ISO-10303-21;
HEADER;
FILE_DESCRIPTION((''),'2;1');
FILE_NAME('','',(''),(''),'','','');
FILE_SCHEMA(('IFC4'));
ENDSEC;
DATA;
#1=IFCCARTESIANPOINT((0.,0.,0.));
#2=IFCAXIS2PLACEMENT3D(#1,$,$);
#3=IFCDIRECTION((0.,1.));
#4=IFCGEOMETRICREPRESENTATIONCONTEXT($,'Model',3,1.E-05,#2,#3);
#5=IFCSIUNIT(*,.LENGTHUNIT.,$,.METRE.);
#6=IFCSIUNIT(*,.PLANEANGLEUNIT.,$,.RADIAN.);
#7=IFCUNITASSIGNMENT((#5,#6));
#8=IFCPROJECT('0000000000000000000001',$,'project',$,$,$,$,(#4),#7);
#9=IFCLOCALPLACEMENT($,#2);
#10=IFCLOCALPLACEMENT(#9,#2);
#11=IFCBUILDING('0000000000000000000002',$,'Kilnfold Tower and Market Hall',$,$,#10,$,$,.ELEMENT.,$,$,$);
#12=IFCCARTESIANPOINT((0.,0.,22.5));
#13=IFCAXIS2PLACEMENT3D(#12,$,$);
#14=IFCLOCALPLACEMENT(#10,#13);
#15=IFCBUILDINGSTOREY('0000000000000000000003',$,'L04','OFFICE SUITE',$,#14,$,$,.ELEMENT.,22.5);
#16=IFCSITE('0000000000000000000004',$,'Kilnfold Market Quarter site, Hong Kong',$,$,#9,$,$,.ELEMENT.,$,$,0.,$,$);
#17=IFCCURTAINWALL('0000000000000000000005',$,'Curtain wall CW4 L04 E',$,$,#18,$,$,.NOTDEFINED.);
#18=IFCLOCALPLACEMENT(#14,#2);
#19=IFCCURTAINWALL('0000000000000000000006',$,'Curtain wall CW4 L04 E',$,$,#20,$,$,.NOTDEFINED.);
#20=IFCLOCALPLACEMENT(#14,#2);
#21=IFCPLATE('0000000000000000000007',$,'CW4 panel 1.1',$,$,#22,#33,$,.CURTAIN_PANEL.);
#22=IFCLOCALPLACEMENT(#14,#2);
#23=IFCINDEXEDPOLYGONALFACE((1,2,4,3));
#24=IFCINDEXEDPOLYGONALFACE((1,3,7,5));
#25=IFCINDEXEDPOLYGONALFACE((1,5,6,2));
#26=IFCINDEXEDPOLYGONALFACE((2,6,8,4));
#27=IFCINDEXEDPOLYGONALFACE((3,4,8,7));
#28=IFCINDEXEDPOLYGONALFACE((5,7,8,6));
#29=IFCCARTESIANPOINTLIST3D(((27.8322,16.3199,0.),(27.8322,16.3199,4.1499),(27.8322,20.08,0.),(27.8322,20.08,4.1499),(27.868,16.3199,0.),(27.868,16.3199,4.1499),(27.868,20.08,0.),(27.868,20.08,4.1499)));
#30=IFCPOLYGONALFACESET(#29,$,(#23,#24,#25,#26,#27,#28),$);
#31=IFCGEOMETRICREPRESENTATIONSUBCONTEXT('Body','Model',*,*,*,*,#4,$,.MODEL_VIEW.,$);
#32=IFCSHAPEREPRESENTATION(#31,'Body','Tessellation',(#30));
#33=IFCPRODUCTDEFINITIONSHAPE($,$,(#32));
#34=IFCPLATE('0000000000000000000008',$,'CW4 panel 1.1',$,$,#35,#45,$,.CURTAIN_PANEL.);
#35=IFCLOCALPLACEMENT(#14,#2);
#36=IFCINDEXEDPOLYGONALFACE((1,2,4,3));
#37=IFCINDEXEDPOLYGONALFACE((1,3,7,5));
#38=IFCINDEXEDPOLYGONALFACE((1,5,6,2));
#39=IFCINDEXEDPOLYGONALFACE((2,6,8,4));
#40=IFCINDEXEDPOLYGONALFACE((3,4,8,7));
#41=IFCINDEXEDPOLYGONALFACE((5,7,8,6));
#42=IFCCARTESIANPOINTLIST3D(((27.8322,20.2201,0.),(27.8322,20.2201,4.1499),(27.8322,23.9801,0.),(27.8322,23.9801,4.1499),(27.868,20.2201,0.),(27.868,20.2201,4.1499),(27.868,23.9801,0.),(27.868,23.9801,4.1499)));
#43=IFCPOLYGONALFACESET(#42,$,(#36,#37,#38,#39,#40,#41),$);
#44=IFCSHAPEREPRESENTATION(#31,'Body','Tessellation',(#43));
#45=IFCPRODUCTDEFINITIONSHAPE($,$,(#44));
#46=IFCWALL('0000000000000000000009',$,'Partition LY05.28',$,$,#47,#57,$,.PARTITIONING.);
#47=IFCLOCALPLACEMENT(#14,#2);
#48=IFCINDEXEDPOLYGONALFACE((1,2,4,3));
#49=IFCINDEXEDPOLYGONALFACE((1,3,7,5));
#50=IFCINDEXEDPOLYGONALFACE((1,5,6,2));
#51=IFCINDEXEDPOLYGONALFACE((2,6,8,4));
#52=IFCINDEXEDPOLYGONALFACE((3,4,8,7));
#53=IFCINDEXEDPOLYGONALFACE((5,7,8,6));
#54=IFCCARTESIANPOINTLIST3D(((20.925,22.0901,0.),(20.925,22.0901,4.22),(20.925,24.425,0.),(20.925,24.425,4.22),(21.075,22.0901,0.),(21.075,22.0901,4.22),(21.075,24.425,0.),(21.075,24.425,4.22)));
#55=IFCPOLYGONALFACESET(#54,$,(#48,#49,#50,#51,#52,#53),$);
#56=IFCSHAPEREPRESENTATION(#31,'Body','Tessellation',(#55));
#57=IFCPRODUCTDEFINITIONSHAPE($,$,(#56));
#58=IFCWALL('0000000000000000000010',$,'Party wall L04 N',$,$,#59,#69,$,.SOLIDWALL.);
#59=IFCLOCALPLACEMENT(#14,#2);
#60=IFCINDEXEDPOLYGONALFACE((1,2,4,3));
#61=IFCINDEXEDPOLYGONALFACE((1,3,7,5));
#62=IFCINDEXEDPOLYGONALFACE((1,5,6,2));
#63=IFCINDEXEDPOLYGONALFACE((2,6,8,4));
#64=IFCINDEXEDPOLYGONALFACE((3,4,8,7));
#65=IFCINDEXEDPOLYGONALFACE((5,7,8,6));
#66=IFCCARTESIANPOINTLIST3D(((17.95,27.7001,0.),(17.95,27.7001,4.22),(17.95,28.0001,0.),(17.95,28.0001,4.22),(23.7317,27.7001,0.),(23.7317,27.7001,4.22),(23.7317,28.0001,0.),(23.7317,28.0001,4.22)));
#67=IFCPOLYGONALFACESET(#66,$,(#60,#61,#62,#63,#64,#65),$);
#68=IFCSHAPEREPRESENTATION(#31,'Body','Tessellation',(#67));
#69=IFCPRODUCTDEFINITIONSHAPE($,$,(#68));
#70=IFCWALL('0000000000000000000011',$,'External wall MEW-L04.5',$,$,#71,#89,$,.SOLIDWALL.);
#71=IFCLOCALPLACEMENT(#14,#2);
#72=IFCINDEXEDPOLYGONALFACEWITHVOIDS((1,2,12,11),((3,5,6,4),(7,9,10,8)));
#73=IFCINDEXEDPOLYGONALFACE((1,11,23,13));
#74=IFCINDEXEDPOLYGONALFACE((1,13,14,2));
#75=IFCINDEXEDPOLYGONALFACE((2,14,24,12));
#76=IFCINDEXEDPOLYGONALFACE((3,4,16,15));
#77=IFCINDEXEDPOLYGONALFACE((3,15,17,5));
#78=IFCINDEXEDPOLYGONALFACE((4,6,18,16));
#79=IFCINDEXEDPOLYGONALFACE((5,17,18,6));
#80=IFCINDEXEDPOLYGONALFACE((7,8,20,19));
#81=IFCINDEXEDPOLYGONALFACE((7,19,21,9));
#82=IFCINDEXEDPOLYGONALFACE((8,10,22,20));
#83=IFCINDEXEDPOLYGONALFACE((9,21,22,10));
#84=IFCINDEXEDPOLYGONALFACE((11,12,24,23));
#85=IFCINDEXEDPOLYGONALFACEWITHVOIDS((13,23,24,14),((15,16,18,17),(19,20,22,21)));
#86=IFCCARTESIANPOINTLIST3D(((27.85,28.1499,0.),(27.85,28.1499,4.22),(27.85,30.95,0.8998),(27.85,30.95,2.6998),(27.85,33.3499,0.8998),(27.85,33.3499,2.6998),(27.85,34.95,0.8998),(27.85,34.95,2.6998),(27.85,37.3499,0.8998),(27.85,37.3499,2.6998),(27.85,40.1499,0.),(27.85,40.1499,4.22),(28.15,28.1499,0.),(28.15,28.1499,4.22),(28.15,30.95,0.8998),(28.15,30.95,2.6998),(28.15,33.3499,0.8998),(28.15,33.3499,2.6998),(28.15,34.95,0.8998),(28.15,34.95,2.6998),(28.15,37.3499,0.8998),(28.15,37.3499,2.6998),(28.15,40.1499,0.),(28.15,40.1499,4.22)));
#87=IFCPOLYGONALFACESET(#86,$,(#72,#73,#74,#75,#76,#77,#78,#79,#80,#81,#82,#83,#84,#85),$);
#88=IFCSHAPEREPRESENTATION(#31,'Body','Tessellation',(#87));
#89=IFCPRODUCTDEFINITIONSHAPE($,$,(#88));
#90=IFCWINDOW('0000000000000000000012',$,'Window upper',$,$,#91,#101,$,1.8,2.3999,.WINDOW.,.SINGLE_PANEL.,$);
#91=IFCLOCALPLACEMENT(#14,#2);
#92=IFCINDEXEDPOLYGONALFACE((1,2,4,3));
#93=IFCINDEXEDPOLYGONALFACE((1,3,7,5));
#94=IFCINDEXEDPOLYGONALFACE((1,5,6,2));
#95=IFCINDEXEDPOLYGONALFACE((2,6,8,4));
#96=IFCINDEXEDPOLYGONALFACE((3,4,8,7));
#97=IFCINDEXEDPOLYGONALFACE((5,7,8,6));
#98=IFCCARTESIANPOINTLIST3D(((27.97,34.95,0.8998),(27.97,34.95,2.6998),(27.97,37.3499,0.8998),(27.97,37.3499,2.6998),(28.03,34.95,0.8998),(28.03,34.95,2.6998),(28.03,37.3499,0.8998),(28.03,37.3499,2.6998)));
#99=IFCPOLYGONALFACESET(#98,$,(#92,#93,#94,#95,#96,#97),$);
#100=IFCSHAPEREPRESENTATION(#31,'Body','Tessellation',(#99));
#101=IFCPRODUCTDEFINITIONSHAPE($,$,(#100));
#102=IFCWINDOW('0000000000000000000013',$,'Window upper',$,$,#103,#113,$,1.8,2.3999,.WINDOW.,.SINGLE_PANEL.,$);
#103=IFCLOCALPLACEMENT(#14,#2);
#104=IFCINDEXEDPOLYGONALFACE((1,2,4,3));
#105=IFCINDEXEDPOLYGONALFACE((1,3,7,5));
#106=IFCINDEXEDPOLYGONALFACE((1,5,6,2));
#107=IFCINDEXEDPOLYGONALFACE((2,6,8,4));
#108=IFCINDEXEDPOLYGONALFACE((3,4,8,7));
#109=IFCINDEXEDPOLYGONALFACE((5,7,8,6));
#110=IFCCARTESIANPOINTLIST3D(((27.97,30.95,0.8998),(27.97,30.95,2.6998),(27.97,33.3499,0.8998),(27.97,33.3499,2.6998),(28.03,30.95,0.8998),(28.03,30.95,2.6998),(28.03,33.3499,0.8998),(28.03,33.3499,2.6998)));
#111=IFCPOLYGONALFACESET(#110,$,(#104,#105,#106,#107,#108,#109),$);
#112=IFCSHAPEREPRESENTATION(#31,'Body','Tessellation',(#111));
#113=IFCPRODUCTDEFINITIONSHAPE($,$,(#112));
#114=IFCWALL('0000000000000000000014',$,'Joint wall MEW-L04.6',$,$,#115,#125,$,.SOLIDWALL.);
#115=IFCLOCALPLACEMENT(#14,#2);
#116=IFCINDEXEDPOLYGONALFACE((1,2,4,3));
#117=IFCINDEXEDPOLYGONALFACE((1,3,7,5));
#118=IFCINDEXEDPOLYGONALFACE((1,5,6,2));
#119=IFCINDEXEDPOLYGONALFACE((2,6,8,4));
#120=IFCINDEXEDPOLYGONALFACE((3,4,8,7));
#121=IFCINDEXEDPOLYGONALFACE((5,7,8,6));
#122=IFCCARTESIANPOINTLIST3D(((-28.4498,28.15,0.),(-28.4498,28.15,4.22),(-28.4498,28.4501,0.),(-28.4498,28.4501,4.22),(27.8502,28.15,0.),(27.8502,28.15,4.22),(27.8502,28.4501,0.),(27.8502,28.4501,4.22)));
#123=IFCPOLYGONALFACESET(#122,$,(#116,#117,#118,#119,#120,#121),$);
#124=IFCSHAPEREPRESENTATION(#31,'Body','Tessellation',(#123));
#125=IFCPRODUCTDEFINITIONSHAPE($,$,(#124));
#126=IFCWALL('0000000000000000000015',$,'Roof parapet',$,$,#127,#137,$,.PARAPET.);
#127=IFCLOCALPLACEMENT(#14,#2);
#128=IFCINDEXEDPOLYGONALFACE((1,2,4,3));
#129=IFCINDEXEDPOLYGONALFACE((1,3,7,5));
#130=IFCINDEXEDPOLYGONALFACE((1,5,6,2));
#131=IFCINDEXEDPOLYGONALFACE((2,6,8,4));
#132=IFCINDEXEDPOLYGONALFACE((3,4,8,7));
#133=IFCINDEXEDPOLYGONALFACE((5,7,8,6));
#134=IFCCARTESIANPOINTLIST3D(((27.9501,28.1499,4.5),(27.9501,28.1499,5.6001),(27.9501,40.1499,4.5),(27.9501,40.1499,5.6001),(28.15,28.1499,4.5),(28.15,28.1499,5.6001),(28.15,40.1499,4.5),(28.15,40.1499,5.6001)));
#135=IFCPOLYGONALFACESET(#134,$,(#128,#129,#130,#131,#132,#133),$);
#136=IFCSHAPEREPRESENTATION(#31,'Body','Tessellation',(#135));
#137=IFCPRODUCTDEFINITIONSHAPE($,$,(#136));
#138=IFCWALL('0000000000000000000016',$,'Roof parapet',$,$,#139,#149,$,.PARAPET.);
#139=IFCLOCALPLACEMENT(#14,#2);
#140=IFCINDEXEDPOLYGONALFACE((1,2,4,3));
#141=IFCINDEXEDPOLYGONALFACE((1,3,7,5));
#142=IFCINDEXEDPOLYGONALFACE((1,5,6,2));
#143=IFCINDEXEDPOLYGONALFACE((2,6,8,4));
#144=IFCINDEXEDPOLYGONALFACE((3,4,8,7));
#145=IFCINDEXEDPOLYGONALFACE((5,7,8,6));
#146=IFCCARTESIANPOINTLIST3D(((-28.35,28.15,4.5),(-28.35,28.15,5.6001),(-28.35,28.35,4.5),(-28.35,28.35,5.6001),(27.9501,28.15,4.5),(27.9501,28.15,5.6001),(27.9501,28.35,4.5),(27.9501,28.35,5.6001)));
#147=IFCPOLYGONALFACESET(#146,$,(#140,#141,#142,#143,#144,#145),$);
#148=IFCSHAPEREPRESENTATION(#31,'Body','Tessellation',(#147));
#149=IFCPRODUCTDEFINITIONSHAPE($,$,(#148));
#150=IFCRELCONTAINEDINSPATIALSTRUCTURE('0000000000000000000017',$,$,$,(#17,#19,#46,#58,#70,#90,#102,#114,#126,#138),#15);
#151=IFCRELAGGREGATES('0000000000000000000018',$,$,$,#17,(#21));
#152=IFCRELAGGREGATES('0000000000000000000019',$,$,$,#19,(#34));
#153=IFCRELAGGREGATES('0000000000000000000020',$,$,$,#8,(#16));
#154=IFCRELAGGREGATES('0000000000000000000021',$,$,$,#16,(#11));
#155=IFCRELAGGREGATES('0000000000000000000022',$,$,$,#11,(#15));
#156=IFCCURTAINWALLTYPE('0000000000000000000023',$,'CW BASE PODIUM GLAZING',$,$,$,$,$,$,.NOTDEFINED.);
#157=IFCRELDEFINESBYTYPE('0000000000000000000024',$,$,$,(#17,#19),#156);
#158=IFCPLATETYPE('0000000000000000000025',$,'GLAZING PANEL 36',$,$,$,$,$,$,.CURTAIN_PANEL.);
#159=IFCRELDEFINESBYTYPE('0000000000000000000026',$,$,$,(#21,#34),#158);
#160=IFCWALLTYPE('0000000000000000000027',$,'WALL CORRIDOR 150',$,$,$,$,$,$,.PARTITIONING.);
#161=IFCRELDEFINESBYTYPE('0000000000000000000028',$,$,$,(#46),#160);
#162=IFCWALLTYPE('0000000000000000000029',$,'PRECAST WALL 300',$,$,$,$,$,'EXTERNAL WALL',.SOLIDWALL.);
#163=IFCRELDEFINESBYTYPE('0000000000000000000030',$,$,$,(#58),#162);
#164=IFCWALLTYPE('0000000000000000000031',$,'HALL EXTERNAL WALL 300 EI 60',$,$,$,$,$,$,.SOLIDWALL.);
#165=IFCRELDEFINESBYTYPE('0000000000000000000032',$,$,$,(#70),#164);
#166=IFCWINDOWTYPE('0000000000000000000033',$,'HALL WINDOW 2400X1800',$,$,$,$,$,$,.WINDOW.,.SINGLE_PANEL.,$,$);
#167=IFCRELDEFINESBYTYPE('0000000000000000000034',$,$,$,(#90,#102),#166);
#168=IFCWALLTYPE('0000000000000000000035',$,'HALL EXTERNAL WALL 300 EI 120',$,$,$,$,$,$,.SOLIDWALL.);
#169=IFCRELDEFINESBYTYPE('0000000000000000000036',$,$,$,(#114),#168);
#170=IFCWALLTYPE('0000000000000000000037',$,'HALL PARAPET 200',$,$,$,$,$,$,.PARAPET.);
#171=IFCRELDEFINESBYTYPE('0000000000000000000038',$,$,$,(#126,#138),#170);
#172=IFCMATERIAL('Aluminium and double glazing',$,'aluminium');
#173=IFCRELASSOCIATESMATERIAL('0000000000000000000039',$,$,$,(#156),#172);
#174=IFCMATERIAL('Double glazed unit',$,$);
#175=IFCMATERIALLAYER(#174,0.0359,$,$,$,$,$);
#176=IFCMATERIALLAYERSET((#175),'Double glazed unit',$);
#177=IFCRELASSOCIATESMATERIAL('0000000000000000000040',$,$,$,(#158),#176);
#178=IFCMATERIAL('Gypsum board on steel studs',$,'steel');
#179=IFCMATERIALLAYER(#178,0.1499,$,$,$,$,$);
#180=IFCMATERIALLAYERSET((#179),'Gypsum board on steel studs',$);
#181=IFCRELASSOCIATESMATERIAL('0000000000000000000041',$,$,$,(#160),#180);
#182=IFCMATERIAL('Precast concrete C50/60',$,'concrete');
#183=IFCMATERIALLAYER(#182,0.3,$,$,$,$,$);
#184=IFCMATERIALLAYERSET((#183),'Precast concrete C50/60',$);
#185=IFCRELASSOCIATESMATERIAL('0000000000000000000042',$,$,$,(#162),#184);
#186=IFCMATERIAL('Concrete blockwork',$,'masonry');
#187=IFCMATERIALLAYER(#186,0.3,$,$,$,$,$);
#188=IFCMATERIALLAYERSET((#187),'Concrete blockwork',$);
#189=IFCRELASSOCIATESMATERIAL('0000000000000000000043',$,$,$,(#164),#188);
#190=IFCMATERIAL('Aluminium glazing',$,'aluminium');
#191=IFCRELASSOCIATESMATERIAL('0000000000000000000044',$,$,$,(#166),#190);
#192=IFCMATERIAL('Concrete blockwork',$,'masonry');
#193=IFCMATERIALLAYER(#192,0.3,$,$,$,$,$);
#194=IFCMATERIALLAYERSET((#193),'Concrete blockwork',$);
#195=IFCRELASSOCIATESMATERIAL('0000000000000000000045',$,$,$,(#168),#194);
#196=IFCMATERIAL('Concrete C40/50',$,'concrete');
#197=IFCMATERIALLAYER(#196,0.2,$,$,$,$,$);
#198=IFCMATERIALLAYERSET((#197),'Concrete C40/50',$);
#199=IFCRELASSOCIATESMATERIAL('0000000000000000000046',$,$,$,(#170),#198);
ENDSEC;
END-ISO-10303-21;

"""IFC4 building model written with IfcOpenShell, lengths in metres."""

from ifc_helpers import new_model, si_unit, direction, frame, frame_2d, origin, origin_2d, place, context, subcontext, project, spatial, rectangle, extrude, source, transform, mapped, material, layer, layer_set, type_object, element, fill, aggregate, save


model = new_model("IFC4")

# Units and contexts
model_context = context("Model", 3, precision=1e-05, world=origin(), true_north=direction((0.0, 1.0)))
body_context = subcontext(model_context, "Body", "Model", "MODEL_VIEW")
ifc_project = project(units=[si_unit("LENGTHUNIT", "METRE"), si_unit("PLANEANGLEUNIT", "RADIAN")], contexts=[model_context])

# Site, building, storey
site_placement = place(None, origin())
site = spatial("IfcSite", under=ifc_project, at=site_placement, Name="Kilnfold Market Quarter site, Hong Kong", CompositionType="ELEMENT", RefElevation=0.0)
building_placement = place(site_placement, origin())
building = spatial("IfcBuilding", under=site, at=building_placement, Name="Kilnfold Tower and Market Hall", CompositionType="ELEMENT")
storey_placement = place(building_placement, frame((0.0, 0.0, 22.5)))
storey = spatial("IfcBuildingStorey", under=building, at=storey_placement, Name="L04", Description="OFFICE SUITE", CompositionType="ELEMENT", Elevation=22.5)

# Curtain walls
ifc_material_1 = material(Name="Aluminium and double glazing", Category="aluminium")
curtain_wall_type = type_object("IfcCurtainWallType", Name="CW BASE PODIUM GLAZING", PredefinedType="NOTDEFINED", material=ifc_material_1)
curtain_wall_1_placement = place(storey_placement, origin())
curtain_wall_1 = element("IfcCurtainWall", 1, at=curtain_wall_1_placement, inside=storey, type_object=curtain_wall_type, Name="Curtain wall CW4 L04 E", PredefinedType="NOTDEFINED")
curtain_wall_2_placement = place(storey_placement, origin())
curtain_wall_2 = element("IfcCurtainWall", 2, at=curtain_wall_2_placement, inside=storey, type_object=curtain_wall_type, Name="Curtain wall CW4 L04 E", PredefinedType="NOTDEFINED")

# Plates
ifc_material_2 = material(Name="Double glazed unit")
ifc_layer_1 = layer(ifc_material_2, 0.0359)
ifc_layer_set_1 = layer_set([ifc_layer_1], Name="Double glazed unit")
plate_type = type_object("IfcPlateType", Name="GLAZING PANEL 36", PredefinedType="CURTAIN_PANEL", material=ifc_layer_set_1)
shared_shape_1 = source(origin(), body_context, "Body", "SweptSolid", [
    extrude(rectangle(XDim=3.76, YDim=0.0359, at=origin_2d()), origin(), (0.0, 0.0, 1.0), 4.1499),
])
plate_1_placement = place(storey_placement, frame((27.8501, 18.2, 0.0), z_axis=(0.0, 0.0, 1.0), x_axis=(0.0, 1.0, 0.0)))
plate_1 = element("IfcPlate", 3, at=plate_1_placement, type_object=plate_type, Name="CW4 panel 1.1", PredefinedType="CURTAIN_PANEL", context=body_context, shape_type="MappedRepresentation", body=[
    mapped(shared_shape_1, transform((0.0, 0.0, 0.0))),
])
aggregate(curtain_wall_1, [plate_1])
plate_2_placement = place(storey_placement, frame((27.8501, 22.1001, 0.0), z_axis=(0.0, 0.0, 1.0), x_axis=(0.0, 1.0, 0.0)))
plate_2 = element("IfcPlate", 4, at=plate_2_placement, type_object=plate_type, Name="CW4 panel 1.1", PredefinedType="CURTAIN_PANEL", context=body_context, shape_type="MappedRepresentation", body=[
    mapped(shared_shape_1, transform((0.0, 0.0, 0.0))),
])
aggregate(curtain_wall_2, [plate_2])

# Wall
ifc_material_3 = material(Name="Gypsum board on steel studs", Category="steel")
ifc_layer_2 = layer(ifc_material_3, 0.1499)
ifc_layer_set_2 = layer_set([ifc_layer_2], Name="Gypsum board on steel studs")
wall_type_1 = type_object("IfcWallType", Name="WALL CORRIDOR 150", PredefinedType="PARTITIONING", material=ifc_layer_set_2)
wall_1_placement = place(storey_placement, frame((21.0, 22.0901, 0.0), z_axis=(0.0, 0.0, 1.0), x_axis=(0.0, 1.0, 0.0)))
element("IfcWall", 5, at=wall_1_placement, inside=storey, type_object=wall_type_1, Name="Partition LY05.28", PredefinedType="PARTITIONING", context=body_context, shape_type="SweptSolid", body=[
    extrude(rectangle(XDim=2.335, YDim=0.1499, at=frame_2d((1.1675, 0.0))), origin(), (0.0, 0.0, 1.0), 4.22),
])

# Wall
ifc_material_4 = material(Name="Precast concrete C50/60", Category="concrete")
ifc_layer_3 = layer(ifc_material_4, 0.3)
ifc_layer_set_3 = layer_set([ifc_layer_3], Name="Precast concrete C50/60")
wall_type_2 = type_object("IfcWallType", Name="PRECAST WALL 300", ElementType="EXTERNAL WALL", PredefinedType="SOLIDWALL", material=ifc_layer_set_3)
shared_shape_2 = source(origin(), body_context, "Body", "SweptSolid", [
    extrude(rectangle(XDim=5.7817, YDim=0.3, at=frame_2d((2.8909, 0.0))), origin(), (0.0, 0.0, 1.0), 4.22),
])
wall_2_placement = place(storey_placement, frame((23.7317, 27.8501, 0.0), z_axis=(0.0, 0.0, 1.0), x_axis=(-1.0, 0.0, 0.0)))
element("IfcWall", 6, at=wall_2_placement, inside=storey, type_object=wall_type_2, Name="Party wall L04 N", PredefinedType="SOLIDWALL", context=body_context, shape_type="MappedRepresentation", body=[
    mapped(shared_shape_2, transform((0.0, 0.0, 0.0))),
])

# Wall, openings, windows
ifc_material_5 = material(Name="Concrete blockwork", Category="masonry")
ifc_layer_4 = layer(ifc_material_5, 0.3)
ifc_layer_set_4 = layer_set([ifc_layer_4], Name="Concrete blockwork")
wall_type_3 = type_object("IfcWallType", Name="HALL EXTERNAL WALL 300 EI 60", PredefinedType="SOLIDWALL", material=ifc_layer_set_4)
shared_shape_3 = source(origin(), body_context, "Body", "SweptSolid", [
    extrude(rectangle(XDim=12.0, YDim=0.3, at=frame_2d((6.0, 0.0))), origin(), (0.0, 0.0, 1.0), 4.22),
])
wall_3_placement = place(storey_placement, frame((28.0, 40.1499, 0.0), z_axis=(0.0, 0.0, 1.0), x_axis=(0.0, -1.0, 0.0)))
wall_3 = element("IfcWall", 7, at=wall_3_placement, inside=storey, type_object=wall_type_3, Name="External wall MEW-L04.5", PredefinedType="SOLIDWALL", context=body_context, shape_type="MappedRepresentation", body=[
    mapped(shared_shape_3, transform((0.0, 0.0, 0.0))),
])
opening_1_placement = place(wall_3_placement, frame((2.8, 0.0, 0.8999)))
opening_1 = element("IfcOpeningElement", 8, at=opening_1_placement, cuts=wall_3, PredefinedType="OPENING", context=body_context, shape_type="SweptSolid", body=[
    extrude(rectangle(XDim=2.3999, YDim=1.8, at=frame_2d((1.2, 0.8999))), frame((0.0, 0.1602, 0.0), z_axis=(0.0, -1.0, 0.0), x_axis=(1.0, 0.0, 0.0)), (0.0, 0.0, 1.0), 0.3201),
])
opening_2_placement = place(wall_3_placement, frame((6.8, 0.0, 0.8999)))
opening_2 = element("IfcOpeningElement", 9, at=opening_2_placement, cuts=wall_3, PredefinedType="OPENING", context=body_context, shape_type="SweptSolid", body=[
    extrude(rectangle(XDim=2.3999, YDim=1.8, at=frame_2d((1.2, 0.8999))), frame((0.0, 0.1602, 0.0), z_axis=(0.0, -1.0, 0.0), x_axis=(1.0, 0.0, 0.0)), (0.0, 0.0, 1.0), 0.3201),
])
ifc_material_6 = material(Name="Aluminium glazing", Category="aluminium")
window_type = type_object("IfcWindowType", Name="HALL WINDOW 2400X1800", PartitioningType="SINGLE_PANEL", PredefinedType="WINDOW", material=ifc_material_6)
window_1_placement = place(opening_1_placement, origin())
window_1 = element("IfcWindow", 10, at=window_1_placement, inside=storey, type_object=window_type, Name="Window upper", OverallHeight=1.8, OverallWidth=2.3999, PartitioningType="SINGLE_PANEL", PredefinedType="WINDOW", context=body_context, shape_type="SweptSolid", body=[
    extrude(rectangle(XDim=2.3999, YDim=1.8, at=frame_2d((1.2, 0.8999))), frame((0.0, 0.03, 0.0), z_axis=(0.0, -1.0, 0.0), x_axis=(1.0, 0.0, 0.0)), (0.0, 0.0, 1.0), 0.0601),
])
fill(opening_1, window_1)
window_2_placement = place(opening_2_placement, origin())
window_2 = element("IfcWindow", 11, at=window_2_placement, inside=storey, type_object=window_type, Name="Window upper", OverallHeight=1.8, OverallWidth=2.3999, PartitioningType="SINGLE_PANEL", PredefinedType="WINDOW", context=body_context, shape_type="SweptSolid", body=[
    extrude(rectangle(XDim=2.3999, YDim=1.8, at=frame_2d((1.2, 0.8999))), frame((0.0, 0.03, 0.0), z_axis=(0.0, -1.0, 0.0), x_axis=(1.0, 0.0, 0.0)), (0.0, 0.0, 1.0), 0.0601),
])
fill(opening_2, window_2)

# Walls
ifc_material_7 = material(Name="Concrete blockwork", Category="masonry")
ifc_layer_5 = layer(ifc_material_7, 0.3)
ifc_layer_set_5 = layer_set([ifc_layer_5], Name="Concrete blockwork")
wall_type_4 = type_object("IfcWallType", Name="HALL EXTERNAL WALL 300 EI 120", PredefinedType="SOLIDWALL", material=ifc_layer_set_5)
shared_shape_4 = source(origin(), body_context, "Body", "SweptSolid", [
    extrude(rectangle(XDim=56.3, YDim=0.3, at=frame_2d((28.1499, 0.0))), origin(), (0.0, 0.0, 1.0), 4.22),
])
wall_4_placement = place(storey_placement, frame((27.8501, 28.3, 0.0), z_axis=(0.0, 0.0, 1.0), x_axis=(-1.0, 0.0, 0.0)))
element("IfcWall", 12, at=wall_4_placement, inside=storey, type_object=wall_type_4, Name="Joint wall MEW-L04.6", PredefinedType="SOLIDWALL", context=body_context, shape_type="MappedRepresentation", body=[
    mapped(shared_shape_4, transform((0.0, 0.0, 0.0))),
])
ifc_material_8 = material(Name="Concrete C40/50", Category="concrete")
ifc_layer_6 = layer(ifc_material_8, 0.2)
ifc_layer_set_6 = layer_set([ifc_layer_6], Name="Concrete C40/50")
wall_type_5 = type_object("IfcWallType", Name="HALL PARAPET 200", PredefinedType="PARAPET", material=ifc_layer_set_6)
shared_shape_5 = source(origin(), body_context, "Body", "SweptSolid", [
    extrude(rectangle(XDim=12.0, YDim=0.2, at=frame_2d((6.0, 0.0))), origin(), (0.0, 0.0, 1.0), 1.1001),
])
wall_5_placement = place(storey_placement, frame((28.05, 40.1499, 4.5), z_axis=(0.0, 0.0, 1.0), x_axis=(0.0, -1.0, 0.0)))
element("IfcWall", 13, at=wall_5_placement, inside=storey, type_object=wall_type_5, Name="Roof parapet", PredefinedType="PARAPET", context=body_context, shape_type="MappedRepresentation", body=[
    mapped(shared_shape_5, transform((0.0, 0.0, 0.0))),
])
shared_shape_6 = source(origin(), body_context, "Body", "SweptSolid", [
    extrude(rectangle(XDim=56.3, YDim=0.2, at=frame_2d((28.1499, 0.0))), origin(), (0.0, 0.0, 1.0), 1.1001),
])
wall_6_placement = place(storey_placement, frame((27.95, 28.25, 4.5), z_axis=(0.0, 0.0, 1.0), x_axis=(-1.0, 0.0, 0.0)))
element("IfcWall", 14, at=wall_6_placement, inside=storey, type_object=wall_type_5, Name="Roof parapet", PredefinedType="PARAPET", context=body_context, shape_type="MappedRepresentation", body=[
    mapped(shared_shape_6, transform((0.0, 0.0, 0.0))),
])

save(model, "model.ifc")
